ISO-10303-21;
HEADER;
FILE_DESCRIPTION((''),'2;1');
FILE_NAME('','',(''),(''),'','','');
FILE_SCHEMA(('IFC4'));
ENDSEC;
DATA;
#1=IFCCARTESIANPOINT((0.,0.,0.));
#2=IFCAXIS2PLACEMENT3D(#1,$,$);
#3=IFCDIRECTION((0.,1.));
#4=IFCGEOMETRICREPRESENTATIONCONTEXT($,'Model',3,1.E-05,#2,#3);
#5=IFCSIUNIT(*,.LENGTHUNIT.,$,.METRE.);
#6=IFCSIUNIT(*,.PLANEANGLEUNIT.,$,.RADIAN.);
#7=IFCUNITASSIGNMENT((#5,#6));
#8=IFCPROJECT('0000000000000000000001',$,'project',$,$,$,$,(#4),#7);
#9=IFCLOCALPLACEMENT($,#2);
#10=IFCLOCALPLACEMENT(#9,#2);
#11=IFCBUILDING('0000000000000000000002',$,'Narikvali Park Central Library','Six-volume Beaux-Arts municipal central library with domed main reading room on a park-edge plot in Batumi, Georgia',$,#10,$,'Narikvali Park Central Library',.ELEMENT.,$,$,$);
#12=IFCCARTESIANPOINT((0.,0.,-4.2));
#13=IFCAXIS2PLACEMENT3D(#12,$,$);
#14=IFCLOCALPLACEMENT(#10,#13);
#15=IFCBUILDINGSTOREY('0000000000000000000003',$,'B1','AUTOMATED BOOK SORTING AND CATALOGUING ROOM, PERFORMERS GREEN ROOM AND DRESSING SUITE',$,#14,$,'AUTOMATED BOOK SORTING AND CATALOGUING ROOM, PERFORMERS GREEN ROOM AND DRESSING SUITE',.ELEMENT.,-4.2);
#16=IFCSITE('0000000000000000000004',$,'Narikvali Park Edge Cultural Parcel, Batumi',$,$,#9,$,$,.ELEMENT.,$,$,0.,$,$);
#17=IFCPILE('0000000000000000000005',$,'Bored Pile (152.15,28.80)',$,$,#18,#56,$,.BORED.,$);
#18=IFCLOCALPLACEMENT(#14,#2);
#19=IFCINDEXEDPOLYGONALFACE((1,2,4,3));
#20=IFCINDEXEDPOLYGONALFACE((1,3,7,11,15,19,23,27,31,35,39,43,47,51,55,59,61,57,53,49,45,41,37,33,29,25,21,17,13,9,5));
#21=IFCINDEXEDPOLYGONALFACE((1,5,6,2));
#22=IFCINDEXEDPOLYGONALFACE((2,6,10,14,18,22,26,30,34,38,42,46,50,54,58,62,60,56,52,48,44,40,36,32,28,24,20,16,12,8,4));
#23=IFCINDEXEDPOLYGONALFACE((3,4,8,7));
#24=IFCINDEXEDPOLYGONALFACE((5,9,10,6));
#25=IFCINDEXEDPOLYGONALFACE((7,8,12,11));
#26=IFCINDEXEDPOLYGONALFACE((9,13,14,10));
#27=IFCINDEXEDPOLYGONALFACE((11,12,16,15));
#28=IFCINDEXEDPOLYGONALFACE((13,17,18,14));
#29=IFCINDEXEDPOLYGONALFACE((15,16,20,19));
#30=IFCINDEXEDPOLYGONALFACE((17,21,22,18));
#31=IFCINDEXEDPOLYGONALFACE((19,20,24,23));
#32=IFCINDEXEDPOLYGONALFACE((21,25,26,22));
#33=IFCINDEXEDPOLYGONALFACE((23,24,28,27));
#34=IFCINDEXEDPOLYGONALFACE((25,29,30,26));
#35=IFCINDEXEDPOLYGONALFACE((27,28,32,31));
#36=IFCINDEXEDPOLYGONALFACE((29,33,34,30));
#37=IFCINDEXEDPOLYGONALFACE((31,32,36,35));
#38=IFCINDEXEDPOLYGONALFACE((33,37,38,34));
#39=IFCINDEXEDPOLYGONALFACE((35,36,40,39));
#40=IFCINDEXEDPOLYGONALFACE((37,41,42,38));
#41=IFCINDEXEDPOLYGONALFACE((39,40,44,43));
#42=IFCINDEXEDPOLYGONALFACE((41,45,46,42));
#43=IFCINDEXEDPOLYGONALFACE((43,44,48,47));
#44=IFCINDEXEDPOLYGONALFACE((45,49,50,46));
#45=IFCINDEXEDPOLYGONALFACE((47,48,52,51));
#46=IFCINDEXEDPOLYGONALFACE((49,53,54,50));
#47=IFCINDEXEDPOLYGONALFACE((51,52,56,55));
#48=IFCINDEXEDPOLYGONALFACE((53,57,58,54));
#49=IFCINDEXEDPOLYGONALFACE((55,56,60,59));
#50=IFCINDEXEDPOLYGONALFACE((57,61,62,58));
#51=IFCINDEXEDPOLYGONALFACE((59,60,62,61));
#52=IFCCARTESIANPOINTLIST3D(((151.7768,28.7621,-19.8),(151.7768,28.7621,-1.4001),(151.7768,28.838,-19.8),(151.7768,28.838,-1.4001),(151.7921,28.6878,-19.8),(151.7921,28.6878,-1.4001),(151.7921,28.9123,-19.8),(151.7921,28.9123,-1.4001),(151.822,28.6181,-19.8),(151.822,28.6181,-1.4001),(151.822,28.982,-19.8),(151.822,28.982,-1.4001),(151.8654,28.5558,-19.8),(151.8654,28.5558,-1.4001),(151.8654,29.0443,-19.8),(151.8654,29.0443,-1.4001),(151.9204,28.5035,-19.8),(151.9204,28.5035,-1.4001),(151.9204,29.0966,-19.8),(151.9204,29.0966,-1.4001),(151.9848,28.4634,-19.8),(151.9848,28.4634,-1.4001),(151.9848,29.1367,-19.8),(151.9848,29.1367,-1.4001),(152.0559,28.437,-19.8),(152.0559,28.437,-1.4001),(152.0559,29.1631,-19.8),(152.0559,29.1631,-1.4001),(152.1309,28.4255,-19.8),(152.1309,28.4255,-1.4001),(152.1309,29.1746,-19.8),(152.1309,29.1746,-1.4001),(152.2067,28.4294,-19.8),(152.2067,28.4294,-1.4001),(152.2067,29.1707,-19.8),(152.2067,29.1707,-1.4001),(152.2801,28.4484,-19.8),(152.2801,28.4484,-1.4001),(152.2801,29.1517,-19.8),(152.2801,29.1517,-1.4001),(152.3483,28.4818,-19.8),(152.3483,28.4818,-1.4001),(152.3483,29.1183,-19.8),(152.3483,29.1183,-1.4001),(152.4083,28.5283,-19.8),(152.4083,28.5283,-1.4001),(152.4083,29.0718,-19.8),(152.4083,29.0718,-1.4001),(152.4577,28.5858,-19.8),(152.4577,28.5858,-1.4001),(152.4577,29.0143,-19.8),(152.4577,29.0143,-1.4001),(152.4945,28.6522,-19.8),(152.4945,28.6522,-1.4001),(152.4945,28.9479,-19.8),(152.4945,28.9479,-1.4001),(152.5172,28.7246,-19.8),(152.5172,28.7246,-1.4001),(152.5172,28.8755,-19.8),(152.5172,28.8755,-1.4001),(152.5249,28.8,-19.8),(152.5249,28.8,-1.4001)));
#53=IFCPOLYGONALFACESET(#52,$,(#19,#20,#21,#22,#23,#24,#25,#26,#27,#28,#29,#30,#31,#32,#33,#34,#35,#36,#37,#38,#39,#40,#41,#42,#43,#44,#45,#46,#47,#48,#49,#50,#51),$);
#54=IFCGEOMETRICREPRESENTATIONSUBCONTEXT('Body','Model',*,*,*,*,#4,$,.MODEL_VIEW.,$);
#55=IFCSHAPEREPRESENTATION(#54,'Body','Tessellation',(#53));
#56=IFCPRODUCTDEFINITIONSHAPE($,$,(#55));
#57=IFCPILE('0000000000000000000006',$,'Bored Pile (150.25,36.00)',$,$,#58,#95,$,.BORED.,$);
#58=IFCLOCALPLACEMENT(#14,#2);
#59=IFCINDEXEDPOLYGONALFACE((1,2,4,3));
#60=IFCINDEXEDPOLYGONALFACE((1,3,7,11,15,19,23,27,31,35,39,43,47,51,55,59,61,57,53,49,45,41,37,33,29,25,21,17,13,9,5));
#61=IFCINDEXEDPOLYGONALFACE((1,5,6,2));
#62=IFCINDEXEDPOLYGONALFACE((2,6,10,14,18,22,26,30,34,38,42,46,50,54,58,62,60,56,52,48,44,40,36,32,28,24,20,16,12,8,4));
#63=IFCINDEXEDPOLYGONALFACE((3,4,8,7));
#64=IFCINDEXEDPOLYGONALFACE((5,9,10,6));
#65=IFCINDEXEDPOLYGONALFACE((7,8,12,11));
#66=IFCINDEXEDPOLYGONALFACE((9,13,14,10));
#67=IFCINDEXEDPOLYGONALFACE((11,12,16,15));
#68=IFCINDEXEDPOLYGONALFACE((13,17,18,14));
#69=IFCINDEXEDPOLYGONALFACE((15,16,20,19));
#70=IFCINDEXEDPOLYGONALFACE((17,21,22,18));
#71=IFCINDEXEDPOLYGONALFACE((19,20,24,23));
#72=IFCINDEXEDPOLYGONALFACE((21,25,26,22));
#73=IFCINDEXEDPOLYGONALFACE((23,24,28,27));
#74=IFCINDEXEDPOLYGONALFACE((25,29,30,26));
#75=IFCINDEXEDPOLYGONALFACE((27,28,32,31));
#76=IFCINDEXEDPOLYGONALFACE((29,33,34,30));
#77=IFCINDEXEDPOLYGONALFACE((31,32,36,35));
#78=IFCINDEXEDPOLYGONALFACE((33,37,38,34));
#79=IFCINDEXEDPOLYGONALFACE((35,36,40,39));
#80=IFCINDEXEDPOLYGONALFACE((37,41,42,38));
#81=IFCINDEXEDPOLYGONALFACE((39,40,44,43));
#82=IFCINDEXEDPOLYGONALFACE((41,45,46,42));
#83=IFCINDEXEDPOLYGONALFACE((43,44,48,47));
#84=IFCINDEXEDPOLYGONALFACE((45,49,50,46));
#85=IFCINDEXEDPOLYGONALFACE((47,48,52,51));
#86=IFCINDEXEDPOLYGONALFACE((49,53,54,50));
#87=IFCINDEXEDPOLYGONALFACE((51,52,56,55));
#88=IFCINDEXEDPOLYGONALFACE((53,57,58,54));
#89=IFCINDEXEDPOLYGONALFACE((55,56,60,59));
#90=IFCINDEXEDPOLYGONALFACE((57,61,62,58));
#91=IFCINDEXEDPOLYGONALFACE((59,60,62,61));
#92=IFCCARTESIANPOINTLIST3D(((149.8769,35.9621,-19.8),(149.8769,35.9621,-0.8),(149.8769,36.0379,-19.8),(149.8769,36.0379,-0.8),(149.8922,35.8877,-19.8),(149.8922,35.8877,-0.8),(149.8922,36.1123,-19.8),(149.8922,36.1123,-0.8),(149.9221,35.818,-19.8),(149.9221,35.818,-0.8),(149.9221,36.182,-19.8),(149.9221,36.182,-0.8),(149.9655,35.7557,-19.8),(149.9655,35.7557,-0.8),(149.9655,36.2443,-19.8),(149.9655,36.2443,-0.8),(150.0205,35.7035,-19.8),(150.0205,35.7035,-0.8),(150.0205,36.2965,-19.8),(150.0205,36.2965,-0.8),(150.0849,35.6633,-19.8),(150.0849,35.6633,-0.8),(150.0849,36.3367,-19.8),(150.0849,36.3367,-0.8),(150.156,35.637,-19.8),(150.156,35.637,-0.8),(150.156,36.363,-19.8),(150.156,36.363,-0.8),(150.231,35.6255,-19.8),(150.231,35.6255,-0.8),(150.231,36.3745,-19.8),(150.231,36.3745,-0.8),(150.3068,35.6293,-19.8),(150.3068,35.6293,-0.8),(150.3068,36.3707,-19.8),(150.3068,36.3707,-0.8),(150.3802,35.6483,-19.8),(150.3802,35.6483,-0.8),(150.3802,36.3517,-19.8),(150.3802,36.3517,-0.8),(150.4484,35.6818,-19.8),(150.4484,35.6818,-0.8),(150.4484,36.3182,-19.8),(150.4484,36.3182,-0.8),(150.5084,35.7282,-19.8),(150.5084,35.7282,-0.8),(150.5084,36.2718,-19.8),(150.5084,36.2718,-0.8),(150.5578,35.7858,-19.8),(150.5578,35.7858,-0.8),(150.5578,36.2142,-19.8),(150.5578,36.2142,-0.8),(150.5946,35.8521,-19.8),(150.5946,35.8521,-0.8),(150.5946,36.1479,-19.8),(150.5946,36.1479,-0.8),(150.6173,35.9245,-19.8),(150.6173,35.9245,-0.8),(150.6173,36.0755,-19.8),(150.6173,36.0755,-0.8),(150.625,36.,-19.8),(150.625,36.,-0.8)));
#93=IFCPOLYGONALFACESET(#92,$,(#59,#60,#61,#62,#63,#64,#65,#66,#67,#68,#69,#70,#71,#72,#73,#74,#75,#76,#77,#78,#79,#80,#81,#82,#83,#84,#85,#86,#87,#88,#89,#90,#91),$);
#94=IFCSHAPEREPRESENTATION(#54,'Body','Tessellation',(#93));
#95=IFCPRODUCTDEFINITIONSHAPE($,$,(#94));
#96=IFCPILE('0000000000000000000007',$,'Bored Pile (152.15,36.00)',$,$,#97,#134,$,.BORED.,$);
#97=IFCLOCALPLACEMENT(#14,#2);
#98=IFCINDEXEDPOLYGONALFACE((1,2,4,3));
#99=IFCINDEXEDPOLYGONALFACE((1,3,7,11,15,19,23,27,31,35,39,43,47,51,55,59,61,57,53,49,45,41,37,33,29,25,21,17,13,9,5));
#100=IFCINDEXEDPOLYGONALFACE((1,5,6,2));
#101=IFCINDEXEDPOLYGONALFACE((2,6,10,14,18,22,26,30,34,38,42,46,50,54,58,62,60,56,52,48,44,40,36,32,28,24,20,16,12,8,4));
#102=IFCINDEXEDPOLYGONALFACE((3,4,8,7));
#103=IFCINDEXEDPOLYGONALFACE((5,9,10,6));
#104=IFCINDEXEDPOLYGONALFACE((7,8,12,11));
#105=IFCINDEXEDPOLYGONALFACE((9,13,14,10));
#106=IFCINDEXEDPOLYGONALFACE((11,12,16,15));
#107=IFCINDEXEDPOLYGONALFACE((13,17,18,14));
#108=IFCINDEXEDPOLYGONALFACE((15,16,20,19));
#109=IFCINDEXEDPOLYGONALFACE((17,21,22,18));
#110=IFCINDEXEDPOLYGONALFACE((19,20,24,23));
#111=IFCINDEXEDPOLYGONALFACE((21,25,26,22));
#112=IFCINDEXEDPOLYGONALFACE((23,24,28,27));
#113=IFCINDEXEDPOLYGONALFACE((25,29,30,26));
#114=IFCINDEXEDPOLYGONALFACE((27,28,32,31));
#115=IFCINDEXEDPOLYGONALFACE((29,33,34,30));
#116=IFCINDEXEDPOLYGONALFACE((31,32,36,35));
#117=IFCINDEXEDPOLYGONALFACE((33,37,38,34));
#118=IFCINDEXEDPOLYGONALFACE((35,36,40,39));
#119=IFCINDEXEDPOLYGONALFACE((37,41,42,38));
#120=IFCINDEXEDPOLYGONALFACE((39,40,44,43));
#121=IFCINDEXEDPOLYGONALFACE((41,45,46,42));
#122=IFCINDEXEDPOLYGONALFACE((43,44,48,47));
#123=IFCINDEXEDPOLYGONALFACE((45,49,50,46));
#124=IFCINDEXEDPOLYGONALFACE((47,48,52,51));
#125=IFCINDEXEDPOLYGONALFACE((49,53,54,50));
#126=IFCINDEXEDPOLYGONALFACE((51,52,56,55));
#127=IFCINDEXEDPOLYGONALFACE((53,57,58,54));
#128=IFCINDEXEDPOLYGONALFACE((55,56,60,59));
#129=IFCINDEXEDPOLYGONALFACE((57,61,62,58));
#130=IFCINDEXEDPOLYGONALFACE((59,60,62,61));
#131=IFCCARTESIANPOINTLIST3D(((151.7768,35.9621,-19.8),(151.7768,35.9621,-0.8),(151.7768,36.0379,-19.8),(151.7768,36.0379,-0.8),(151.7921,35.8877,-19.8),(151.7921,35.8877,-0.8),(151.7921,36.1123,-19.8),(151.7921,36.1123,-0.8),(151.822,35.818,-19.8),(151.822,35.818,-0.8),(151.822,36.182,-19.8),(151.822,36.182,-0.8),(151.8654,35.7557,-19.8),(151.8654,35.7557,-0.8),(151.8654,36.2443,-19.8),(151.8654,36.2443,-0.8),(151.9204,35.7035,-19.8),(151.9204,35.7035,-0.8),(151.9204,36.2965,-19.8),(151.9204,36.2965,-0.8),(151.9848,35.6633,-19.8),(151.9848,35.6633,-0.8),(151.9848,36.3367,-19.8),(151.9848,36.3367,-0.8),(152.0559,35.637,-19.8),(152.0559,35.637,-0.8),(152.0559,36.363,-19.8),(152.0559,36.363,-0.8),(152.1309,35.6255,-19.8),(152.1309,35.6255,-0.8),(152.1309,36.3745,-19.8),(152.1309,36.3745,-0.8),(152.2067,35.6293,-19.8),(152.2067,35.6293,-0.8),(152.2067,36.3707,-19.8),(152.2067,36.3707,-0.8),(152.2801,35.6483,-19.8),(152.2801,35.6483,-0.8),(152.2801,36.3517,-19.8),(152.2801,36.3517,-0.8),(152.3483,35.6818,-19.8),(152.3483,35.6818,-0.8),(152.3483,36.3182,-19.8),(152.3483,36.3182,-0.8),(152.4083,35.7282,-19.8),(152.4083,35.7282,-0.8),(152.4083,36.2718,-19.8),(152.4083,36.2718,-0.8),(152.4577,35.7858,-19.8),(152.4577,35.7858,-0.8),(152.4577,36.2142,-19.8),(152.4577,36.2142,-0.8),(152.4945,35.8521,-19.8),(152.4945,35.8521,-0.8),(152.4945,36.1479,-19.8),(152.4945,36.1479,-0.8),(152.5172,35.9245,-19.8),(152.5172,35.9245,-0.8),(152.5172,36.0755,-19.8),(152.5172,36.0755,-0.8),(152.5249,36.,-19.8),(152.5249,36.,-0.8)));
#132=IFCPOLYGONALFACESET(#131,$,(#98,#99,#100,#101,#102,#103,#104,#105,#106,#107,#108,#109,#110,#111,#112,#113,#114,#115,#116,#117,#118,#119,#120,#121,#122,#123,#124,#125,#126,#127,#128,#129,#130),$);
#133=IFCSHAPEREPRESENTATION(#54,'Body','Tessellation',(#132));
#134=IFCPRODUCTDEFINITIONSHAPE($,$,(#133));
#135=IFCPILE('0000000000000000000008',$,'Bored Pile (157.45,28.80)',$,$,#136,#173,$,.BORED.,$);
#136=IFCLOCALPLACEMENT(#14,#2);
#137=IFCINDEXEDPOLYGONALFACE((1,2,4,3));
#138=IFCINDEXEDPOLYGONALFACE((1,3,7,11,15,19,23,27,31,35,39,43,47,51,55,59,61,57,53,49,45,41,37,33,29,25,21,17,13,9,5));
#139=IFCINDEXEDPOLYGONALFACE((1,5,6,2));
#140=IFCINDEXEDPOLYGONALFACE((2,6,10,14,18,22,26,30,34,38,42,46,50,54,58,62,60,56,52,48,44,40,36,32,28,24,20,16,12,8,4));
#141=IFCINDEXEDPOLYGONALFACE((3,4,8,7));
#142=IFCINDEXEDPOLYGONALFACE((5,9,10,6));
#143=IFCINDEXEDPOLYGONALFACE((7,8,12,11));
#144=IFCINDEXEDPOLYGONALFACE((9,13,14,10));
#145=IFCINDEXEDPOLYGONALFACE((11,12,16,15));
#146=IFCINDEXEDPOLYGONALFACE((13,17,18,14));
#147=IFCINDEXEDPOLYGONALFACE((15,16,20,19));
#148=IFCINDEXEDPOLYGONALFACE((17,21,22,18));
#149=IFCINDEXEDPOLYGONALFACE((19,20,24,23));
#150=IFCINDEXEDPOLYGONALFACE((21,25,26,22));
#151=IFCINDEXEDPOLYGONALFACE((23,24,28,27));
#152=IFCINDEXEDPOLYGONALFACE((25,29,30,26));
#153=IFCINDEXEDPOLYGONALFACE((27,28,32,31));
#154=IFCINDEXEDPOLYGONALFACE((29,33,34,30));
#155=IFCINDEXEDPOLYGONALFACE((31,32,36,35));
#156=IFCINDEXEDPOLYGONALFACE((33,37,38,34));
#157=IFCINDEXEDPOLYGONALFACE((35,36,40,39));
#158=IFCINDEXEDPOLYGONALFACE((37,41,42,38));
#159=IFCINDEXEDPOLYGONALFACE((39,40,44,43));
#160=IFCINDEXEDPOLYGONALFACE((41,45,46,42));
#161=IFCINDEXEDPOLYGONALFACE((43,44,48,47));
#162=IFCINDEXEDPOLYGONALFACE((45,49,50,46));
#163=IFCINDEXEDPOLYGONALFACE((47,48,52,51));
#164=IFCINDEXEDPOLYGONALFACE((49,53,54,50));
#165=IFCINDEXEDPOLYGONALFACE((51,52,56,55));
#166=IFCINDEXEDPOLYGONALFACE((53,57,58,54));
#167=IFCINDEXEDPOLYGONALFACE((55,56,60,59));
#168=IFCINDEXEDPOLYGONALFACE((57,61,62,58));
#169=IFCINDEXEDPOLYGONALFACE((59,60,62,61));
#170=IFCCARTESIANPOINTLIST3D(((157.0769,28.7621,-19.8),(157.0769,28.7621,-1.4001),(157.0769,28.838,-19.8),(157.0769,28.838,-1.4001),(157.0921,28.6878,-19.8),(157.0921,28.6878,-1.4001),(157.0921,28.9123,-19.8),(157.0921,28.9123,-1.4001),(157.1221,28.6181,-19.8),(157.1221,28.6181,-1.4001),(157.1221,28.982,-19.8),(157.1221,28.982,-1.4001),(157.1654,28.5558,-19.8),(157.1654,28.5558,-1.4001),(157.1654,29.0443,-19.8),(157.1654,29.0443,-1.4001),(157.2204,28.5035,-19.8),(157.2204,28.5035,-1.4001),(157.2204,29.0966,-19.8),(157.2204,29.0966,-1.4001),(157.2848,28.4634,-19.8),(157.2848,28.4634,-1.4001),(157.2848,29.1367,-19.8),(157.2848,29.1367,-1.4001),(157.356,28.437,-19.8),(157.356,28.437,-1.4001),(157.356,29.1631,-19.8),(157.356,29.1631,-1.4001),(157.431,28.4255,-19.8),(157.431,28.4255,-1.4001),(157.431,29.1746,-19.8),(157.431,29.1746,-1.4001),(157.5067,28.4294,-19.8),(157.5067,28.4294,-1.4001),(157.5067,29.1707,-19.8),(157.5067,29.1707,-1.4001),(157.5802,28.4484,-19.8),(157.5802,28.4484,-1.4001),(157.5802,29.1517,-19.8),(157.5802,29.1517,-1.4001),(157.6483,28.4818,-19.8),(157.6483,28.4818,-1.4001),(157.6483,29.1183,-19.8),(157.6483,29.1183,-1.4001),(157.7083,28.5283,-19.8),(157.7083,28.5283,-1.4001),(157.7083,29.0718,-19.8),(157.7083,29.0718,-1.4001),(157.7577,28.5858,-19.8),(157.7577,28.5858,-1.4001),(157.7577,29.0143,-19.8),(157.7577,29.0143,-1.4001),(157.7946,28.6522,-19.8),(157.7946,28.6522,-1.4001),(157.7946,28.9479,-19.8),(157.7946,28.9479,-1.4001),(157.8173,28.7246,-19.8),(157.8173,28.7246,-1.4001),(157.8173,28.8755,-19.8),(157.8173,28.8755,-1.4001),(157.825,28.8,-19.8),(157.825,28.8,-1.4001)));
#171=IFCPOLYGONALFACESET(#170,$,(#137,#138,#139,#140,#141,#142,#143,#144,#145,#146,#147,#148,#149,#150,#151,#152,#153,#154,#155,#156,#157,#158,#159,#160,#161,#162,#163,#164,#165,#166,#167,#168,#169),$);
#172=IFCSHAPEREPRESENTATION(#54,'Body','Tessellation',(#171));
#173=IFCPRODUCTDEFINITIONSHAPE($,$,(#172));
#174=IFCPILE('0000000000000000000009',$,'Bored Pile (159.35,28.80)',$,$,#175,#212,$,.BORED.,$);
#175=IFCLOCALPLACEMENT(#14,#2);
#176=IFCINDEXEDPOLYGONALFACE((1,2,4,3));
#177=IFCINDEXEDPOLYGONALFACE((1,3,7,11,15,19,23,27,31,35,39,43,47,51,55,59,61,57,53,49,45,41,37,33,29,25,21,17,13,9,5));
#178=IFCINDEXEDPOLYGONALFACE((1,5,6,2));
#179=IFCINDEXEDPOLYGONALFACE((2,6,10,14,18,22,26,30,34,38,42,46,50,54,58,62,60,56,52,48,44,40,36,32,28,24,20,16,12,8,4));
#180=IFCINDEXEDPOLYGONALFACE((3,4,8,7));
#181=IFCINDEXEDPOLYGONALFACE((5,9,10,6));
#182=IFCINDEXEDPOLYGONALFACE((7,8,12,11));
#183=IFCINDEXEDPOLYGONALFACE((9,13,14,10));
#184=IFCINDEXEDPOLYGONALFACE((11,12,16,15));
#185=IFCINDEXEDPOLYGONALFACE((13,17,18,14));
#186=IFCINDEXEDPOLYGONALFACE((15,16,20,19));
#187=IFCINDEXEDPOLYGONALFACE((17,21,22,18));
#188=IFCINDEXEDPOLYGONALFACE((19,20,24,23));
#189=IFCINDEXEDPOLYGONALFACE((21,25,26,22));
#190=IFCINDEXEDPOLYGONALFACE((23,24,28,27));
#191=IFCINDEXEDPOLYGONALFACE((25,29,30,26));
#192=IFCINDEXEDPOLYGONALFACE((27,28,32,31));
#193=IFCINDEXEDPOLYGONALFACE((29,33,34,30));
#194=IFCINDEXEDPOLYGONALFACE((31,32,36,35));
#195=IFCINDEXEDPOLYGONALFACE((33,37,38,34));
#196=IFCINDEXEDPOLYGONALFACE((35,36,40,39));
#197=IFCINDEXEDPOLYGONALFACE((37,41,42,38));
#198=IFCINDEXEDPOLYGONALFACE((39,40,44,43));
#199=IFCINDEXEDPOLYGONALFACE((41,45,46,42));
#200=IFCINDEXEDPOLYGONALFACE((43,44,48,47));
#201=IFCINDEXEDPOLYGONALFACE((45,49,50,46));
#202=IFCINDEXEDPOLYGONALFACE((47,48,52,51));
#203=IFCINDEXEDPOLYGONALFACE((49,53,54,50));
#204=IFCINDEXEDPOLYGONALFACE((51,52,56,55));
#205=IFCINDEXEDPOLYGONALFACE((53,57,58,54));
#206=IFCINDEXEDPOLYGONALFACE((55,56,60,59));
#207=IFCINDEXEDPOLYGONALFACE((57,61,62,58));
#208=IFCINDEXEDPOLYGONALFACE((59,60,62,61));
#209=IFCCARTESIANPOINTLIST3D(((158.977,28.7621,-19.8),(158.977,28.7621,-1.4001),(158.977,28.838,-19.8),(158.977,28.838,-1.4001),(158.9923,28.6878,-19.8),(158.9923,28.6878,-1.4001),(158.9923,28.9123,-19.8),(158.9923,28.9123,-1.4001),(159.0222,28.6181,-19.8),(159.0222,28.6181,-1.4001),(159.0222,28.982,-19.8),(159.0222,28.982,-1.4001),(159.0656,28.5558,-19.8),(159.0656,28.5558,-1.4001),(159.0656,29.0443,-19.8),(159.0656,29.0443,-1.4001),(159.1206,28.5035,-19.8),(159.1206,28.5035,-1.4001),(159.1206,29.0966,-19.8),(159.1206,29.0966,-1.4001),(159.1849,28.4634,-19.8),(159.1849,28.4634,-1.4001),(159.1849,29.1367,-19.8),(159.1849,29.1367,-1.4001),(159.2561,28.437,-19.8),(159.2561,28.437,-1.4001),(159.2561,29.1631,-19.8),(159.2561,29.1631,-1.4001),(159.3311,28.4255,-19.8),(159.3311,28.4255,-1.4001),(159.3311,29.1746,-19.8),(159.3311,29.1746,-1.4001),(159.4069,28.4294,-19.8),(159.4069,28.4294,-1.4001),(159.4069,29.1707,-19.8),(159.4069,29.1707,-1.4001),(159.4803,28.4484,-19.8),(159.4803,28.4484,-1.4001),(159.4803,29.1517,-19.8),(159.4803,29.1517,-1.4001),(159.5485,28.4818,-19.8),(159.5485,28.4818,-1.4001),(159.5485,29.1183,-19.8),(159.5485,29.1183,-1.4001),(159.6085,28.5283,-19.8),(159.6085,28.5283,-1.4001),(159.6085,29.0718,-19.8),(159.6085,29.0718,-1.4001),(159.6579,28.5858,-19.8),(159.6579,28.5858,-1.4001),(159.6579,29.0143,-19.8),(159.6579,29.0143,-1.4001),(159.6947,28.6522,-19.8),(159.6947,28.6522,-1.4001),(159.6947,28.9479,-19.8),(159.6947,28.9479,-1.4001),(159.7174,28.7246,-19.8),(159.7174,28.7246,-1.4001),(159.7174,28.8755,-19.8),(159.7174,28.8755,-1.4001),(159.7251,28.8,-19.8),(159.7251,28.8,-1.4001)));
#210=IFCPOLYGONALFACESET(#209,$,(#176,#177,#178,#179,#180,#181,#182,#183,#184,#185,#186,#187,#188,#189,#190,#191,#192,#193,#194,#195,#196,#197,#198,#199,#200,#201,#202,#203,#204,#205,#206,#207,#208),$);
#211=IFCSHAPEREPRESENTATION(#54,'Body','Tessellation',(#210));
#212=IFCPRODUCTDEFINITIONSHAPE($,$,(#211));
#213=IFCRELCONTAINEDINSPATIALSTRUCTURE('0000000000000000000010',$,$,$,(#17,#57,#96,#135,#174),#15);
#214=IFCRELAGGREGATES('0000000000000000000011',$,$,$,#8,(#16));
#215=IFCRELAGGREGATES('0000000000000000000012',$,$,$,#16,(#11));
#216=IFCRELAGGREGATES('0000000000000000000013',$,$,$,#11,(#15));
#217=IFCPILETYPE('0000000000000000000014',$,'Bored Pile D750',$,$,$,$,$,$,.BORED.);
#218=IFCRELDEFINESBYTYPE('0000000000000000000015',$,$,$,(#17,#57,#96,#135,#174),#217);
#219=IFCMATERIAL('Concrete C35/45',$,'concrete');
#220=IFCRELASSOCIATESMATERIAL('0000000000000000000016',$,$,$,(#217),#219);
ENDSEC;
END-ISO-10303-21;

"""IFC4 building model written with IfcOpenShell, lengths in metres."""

from ifc_helpers import new_model, si_unit, direction, frame, origin, origin_2d, place, context, subcontext, project, spatial, circle, extrude, material, material_profile, profile_set, type_object, element, save


model = new_model("IFC4")

# Units and contexts
model_context = context("Model", 3, precision=1e-05, world=origin(), true_north=direction((0.0, 1.0)))
body_context = subcontext(model_context, "Body", "Model", "MODEL_VIEW")
ifc_project = project(units=[si_unit("LENGTHUNIT", "METRE"), si_unit("PLANEANGLEUNIT", "RADIAN")], contexts=[model_context])

# Site, building, storey
site_placement = place(None, origin())
site = spatial("IfcSite", under=ifc_project, at=site_placement, Name="Narikvali Park Edge Cultural Parcel, Batumi", CompositionType="ELEMENT", RefElevation=0.0)
building_placement = place(site_placement, origin())
building = spatial("IfcBuilding", under=site, at=building_placement, Name="Narikvali Park Central Library", Description="Six-volume Beaux-Arts municipal central library with domed main reading room on a park-edge plot in Batumi, Georgia", LongName="Narikvali Park Central Library", CompositionType="ELEMENT")
storey_placement = place(building_placement, frame((0.0, 0.0, -4.2)))
storey = spatial("IfcBuildingStorey", under=building, at=storey_placement, Name="B1", Description="AUTOMATED BOOK SORTING AND CATALOGUING ROOM, PERFORMERS GREEN ROOM AND DRESSING SUITE", LongName="AUTOMATED BOOK SORTING AND CATALOGUING ROOM, PERFORMERS GREEN ROOM AND DRESSING SUITE", CompositionType="ELEMENT", Elevation=-4.2)

# Piles
ifc_material_1 = material(Name="Concrete C35/45", Category="concrete")
ifc_material_profile_1 = material_profile(ifc_material_1, circle(Radius=0.375, at=origin_2d()), Name="PILE D750")
ifc_profile_set_1 = profile_set([ifc_material_profile_1], Name="Concrete C35/45")
pile_type = type_object("IfcPileType", Name="Bored Pile D750", PredefinedType="BORED", material=ifc_profile_set_1)
pile_placement = place(storey_placement, frame((152.1499, 28.8, -1.4001), z_axis=(0.0, 0.0, -1.0), x_axis=(1.0, 0.0, 0.0)))
element("IfcPile", 1, at=pile_placement, inside=storey, type_object=pile_type, Name="Bored Pile (152.15,28.80)", PredefinedType="BORED", context=body_context, shape_type="SweptSolid", body=[
    extrude(circle(Radius=0.375, at=origin_2d()), origin(), (0.0, 0.0, 1.0), 18.3999),
])
for number, where, z_axis, x_axis, name in (
    (2, (150.25, 36.0, -0.8), (0.0, 0.0, -1.0), (1.0, 0.0, 0.0), "Bored Pile (150.25,36.00)"),
    (3, (152.1499, 36.0, -0.8), (0.0, 0.0, -1.0), (1.0, 0.0, 0.0), "Bored Pile (152.15,36.00)"),
):
    element("IfcPile", number, at=place(storey_placement, frame(where, z_axis=z_axis, x_axis=x_axis)), inside=storey, type_object=pile_type, Name=name, PredefinedType="BORED", context=body_context, shape_type="SweptSolid", body=[
        extrude(circle(Radius=0.375, at=origin_2d()), origin(), (0.0, 0.0, 1.0), 19.0),
    ])
for number, where, z_axis, x_axis, name in (
    (4, (157.45, 28.8, -1.4001), (0.0, 0.0, -1.0), (1.0, 0.0, 0.0), "Bored Pile (157.45,28.80)"),
    (5, (159.3501, 28.8, -1.4001), (0.0, 0.0, -1.0), (1.0, 0.0, 0.0), "Bored Pile (159.35,28.80)"),
):
    element("IfcPile", number, at=place(storey_placement, frame(where, z_axis=z_axis, x_axis=x_axis)), inside=storey, type_object=pile_type, Name=name, PredefinedType="BORED", context=body_context, shape_type="SweptSolid", body=[
        extrude(circle(Radius=0.375, at=origin_2d()), origin(), (0.0, 0.0, 1.0), 18.3999),
    ])

save(model, "model.ifc")
